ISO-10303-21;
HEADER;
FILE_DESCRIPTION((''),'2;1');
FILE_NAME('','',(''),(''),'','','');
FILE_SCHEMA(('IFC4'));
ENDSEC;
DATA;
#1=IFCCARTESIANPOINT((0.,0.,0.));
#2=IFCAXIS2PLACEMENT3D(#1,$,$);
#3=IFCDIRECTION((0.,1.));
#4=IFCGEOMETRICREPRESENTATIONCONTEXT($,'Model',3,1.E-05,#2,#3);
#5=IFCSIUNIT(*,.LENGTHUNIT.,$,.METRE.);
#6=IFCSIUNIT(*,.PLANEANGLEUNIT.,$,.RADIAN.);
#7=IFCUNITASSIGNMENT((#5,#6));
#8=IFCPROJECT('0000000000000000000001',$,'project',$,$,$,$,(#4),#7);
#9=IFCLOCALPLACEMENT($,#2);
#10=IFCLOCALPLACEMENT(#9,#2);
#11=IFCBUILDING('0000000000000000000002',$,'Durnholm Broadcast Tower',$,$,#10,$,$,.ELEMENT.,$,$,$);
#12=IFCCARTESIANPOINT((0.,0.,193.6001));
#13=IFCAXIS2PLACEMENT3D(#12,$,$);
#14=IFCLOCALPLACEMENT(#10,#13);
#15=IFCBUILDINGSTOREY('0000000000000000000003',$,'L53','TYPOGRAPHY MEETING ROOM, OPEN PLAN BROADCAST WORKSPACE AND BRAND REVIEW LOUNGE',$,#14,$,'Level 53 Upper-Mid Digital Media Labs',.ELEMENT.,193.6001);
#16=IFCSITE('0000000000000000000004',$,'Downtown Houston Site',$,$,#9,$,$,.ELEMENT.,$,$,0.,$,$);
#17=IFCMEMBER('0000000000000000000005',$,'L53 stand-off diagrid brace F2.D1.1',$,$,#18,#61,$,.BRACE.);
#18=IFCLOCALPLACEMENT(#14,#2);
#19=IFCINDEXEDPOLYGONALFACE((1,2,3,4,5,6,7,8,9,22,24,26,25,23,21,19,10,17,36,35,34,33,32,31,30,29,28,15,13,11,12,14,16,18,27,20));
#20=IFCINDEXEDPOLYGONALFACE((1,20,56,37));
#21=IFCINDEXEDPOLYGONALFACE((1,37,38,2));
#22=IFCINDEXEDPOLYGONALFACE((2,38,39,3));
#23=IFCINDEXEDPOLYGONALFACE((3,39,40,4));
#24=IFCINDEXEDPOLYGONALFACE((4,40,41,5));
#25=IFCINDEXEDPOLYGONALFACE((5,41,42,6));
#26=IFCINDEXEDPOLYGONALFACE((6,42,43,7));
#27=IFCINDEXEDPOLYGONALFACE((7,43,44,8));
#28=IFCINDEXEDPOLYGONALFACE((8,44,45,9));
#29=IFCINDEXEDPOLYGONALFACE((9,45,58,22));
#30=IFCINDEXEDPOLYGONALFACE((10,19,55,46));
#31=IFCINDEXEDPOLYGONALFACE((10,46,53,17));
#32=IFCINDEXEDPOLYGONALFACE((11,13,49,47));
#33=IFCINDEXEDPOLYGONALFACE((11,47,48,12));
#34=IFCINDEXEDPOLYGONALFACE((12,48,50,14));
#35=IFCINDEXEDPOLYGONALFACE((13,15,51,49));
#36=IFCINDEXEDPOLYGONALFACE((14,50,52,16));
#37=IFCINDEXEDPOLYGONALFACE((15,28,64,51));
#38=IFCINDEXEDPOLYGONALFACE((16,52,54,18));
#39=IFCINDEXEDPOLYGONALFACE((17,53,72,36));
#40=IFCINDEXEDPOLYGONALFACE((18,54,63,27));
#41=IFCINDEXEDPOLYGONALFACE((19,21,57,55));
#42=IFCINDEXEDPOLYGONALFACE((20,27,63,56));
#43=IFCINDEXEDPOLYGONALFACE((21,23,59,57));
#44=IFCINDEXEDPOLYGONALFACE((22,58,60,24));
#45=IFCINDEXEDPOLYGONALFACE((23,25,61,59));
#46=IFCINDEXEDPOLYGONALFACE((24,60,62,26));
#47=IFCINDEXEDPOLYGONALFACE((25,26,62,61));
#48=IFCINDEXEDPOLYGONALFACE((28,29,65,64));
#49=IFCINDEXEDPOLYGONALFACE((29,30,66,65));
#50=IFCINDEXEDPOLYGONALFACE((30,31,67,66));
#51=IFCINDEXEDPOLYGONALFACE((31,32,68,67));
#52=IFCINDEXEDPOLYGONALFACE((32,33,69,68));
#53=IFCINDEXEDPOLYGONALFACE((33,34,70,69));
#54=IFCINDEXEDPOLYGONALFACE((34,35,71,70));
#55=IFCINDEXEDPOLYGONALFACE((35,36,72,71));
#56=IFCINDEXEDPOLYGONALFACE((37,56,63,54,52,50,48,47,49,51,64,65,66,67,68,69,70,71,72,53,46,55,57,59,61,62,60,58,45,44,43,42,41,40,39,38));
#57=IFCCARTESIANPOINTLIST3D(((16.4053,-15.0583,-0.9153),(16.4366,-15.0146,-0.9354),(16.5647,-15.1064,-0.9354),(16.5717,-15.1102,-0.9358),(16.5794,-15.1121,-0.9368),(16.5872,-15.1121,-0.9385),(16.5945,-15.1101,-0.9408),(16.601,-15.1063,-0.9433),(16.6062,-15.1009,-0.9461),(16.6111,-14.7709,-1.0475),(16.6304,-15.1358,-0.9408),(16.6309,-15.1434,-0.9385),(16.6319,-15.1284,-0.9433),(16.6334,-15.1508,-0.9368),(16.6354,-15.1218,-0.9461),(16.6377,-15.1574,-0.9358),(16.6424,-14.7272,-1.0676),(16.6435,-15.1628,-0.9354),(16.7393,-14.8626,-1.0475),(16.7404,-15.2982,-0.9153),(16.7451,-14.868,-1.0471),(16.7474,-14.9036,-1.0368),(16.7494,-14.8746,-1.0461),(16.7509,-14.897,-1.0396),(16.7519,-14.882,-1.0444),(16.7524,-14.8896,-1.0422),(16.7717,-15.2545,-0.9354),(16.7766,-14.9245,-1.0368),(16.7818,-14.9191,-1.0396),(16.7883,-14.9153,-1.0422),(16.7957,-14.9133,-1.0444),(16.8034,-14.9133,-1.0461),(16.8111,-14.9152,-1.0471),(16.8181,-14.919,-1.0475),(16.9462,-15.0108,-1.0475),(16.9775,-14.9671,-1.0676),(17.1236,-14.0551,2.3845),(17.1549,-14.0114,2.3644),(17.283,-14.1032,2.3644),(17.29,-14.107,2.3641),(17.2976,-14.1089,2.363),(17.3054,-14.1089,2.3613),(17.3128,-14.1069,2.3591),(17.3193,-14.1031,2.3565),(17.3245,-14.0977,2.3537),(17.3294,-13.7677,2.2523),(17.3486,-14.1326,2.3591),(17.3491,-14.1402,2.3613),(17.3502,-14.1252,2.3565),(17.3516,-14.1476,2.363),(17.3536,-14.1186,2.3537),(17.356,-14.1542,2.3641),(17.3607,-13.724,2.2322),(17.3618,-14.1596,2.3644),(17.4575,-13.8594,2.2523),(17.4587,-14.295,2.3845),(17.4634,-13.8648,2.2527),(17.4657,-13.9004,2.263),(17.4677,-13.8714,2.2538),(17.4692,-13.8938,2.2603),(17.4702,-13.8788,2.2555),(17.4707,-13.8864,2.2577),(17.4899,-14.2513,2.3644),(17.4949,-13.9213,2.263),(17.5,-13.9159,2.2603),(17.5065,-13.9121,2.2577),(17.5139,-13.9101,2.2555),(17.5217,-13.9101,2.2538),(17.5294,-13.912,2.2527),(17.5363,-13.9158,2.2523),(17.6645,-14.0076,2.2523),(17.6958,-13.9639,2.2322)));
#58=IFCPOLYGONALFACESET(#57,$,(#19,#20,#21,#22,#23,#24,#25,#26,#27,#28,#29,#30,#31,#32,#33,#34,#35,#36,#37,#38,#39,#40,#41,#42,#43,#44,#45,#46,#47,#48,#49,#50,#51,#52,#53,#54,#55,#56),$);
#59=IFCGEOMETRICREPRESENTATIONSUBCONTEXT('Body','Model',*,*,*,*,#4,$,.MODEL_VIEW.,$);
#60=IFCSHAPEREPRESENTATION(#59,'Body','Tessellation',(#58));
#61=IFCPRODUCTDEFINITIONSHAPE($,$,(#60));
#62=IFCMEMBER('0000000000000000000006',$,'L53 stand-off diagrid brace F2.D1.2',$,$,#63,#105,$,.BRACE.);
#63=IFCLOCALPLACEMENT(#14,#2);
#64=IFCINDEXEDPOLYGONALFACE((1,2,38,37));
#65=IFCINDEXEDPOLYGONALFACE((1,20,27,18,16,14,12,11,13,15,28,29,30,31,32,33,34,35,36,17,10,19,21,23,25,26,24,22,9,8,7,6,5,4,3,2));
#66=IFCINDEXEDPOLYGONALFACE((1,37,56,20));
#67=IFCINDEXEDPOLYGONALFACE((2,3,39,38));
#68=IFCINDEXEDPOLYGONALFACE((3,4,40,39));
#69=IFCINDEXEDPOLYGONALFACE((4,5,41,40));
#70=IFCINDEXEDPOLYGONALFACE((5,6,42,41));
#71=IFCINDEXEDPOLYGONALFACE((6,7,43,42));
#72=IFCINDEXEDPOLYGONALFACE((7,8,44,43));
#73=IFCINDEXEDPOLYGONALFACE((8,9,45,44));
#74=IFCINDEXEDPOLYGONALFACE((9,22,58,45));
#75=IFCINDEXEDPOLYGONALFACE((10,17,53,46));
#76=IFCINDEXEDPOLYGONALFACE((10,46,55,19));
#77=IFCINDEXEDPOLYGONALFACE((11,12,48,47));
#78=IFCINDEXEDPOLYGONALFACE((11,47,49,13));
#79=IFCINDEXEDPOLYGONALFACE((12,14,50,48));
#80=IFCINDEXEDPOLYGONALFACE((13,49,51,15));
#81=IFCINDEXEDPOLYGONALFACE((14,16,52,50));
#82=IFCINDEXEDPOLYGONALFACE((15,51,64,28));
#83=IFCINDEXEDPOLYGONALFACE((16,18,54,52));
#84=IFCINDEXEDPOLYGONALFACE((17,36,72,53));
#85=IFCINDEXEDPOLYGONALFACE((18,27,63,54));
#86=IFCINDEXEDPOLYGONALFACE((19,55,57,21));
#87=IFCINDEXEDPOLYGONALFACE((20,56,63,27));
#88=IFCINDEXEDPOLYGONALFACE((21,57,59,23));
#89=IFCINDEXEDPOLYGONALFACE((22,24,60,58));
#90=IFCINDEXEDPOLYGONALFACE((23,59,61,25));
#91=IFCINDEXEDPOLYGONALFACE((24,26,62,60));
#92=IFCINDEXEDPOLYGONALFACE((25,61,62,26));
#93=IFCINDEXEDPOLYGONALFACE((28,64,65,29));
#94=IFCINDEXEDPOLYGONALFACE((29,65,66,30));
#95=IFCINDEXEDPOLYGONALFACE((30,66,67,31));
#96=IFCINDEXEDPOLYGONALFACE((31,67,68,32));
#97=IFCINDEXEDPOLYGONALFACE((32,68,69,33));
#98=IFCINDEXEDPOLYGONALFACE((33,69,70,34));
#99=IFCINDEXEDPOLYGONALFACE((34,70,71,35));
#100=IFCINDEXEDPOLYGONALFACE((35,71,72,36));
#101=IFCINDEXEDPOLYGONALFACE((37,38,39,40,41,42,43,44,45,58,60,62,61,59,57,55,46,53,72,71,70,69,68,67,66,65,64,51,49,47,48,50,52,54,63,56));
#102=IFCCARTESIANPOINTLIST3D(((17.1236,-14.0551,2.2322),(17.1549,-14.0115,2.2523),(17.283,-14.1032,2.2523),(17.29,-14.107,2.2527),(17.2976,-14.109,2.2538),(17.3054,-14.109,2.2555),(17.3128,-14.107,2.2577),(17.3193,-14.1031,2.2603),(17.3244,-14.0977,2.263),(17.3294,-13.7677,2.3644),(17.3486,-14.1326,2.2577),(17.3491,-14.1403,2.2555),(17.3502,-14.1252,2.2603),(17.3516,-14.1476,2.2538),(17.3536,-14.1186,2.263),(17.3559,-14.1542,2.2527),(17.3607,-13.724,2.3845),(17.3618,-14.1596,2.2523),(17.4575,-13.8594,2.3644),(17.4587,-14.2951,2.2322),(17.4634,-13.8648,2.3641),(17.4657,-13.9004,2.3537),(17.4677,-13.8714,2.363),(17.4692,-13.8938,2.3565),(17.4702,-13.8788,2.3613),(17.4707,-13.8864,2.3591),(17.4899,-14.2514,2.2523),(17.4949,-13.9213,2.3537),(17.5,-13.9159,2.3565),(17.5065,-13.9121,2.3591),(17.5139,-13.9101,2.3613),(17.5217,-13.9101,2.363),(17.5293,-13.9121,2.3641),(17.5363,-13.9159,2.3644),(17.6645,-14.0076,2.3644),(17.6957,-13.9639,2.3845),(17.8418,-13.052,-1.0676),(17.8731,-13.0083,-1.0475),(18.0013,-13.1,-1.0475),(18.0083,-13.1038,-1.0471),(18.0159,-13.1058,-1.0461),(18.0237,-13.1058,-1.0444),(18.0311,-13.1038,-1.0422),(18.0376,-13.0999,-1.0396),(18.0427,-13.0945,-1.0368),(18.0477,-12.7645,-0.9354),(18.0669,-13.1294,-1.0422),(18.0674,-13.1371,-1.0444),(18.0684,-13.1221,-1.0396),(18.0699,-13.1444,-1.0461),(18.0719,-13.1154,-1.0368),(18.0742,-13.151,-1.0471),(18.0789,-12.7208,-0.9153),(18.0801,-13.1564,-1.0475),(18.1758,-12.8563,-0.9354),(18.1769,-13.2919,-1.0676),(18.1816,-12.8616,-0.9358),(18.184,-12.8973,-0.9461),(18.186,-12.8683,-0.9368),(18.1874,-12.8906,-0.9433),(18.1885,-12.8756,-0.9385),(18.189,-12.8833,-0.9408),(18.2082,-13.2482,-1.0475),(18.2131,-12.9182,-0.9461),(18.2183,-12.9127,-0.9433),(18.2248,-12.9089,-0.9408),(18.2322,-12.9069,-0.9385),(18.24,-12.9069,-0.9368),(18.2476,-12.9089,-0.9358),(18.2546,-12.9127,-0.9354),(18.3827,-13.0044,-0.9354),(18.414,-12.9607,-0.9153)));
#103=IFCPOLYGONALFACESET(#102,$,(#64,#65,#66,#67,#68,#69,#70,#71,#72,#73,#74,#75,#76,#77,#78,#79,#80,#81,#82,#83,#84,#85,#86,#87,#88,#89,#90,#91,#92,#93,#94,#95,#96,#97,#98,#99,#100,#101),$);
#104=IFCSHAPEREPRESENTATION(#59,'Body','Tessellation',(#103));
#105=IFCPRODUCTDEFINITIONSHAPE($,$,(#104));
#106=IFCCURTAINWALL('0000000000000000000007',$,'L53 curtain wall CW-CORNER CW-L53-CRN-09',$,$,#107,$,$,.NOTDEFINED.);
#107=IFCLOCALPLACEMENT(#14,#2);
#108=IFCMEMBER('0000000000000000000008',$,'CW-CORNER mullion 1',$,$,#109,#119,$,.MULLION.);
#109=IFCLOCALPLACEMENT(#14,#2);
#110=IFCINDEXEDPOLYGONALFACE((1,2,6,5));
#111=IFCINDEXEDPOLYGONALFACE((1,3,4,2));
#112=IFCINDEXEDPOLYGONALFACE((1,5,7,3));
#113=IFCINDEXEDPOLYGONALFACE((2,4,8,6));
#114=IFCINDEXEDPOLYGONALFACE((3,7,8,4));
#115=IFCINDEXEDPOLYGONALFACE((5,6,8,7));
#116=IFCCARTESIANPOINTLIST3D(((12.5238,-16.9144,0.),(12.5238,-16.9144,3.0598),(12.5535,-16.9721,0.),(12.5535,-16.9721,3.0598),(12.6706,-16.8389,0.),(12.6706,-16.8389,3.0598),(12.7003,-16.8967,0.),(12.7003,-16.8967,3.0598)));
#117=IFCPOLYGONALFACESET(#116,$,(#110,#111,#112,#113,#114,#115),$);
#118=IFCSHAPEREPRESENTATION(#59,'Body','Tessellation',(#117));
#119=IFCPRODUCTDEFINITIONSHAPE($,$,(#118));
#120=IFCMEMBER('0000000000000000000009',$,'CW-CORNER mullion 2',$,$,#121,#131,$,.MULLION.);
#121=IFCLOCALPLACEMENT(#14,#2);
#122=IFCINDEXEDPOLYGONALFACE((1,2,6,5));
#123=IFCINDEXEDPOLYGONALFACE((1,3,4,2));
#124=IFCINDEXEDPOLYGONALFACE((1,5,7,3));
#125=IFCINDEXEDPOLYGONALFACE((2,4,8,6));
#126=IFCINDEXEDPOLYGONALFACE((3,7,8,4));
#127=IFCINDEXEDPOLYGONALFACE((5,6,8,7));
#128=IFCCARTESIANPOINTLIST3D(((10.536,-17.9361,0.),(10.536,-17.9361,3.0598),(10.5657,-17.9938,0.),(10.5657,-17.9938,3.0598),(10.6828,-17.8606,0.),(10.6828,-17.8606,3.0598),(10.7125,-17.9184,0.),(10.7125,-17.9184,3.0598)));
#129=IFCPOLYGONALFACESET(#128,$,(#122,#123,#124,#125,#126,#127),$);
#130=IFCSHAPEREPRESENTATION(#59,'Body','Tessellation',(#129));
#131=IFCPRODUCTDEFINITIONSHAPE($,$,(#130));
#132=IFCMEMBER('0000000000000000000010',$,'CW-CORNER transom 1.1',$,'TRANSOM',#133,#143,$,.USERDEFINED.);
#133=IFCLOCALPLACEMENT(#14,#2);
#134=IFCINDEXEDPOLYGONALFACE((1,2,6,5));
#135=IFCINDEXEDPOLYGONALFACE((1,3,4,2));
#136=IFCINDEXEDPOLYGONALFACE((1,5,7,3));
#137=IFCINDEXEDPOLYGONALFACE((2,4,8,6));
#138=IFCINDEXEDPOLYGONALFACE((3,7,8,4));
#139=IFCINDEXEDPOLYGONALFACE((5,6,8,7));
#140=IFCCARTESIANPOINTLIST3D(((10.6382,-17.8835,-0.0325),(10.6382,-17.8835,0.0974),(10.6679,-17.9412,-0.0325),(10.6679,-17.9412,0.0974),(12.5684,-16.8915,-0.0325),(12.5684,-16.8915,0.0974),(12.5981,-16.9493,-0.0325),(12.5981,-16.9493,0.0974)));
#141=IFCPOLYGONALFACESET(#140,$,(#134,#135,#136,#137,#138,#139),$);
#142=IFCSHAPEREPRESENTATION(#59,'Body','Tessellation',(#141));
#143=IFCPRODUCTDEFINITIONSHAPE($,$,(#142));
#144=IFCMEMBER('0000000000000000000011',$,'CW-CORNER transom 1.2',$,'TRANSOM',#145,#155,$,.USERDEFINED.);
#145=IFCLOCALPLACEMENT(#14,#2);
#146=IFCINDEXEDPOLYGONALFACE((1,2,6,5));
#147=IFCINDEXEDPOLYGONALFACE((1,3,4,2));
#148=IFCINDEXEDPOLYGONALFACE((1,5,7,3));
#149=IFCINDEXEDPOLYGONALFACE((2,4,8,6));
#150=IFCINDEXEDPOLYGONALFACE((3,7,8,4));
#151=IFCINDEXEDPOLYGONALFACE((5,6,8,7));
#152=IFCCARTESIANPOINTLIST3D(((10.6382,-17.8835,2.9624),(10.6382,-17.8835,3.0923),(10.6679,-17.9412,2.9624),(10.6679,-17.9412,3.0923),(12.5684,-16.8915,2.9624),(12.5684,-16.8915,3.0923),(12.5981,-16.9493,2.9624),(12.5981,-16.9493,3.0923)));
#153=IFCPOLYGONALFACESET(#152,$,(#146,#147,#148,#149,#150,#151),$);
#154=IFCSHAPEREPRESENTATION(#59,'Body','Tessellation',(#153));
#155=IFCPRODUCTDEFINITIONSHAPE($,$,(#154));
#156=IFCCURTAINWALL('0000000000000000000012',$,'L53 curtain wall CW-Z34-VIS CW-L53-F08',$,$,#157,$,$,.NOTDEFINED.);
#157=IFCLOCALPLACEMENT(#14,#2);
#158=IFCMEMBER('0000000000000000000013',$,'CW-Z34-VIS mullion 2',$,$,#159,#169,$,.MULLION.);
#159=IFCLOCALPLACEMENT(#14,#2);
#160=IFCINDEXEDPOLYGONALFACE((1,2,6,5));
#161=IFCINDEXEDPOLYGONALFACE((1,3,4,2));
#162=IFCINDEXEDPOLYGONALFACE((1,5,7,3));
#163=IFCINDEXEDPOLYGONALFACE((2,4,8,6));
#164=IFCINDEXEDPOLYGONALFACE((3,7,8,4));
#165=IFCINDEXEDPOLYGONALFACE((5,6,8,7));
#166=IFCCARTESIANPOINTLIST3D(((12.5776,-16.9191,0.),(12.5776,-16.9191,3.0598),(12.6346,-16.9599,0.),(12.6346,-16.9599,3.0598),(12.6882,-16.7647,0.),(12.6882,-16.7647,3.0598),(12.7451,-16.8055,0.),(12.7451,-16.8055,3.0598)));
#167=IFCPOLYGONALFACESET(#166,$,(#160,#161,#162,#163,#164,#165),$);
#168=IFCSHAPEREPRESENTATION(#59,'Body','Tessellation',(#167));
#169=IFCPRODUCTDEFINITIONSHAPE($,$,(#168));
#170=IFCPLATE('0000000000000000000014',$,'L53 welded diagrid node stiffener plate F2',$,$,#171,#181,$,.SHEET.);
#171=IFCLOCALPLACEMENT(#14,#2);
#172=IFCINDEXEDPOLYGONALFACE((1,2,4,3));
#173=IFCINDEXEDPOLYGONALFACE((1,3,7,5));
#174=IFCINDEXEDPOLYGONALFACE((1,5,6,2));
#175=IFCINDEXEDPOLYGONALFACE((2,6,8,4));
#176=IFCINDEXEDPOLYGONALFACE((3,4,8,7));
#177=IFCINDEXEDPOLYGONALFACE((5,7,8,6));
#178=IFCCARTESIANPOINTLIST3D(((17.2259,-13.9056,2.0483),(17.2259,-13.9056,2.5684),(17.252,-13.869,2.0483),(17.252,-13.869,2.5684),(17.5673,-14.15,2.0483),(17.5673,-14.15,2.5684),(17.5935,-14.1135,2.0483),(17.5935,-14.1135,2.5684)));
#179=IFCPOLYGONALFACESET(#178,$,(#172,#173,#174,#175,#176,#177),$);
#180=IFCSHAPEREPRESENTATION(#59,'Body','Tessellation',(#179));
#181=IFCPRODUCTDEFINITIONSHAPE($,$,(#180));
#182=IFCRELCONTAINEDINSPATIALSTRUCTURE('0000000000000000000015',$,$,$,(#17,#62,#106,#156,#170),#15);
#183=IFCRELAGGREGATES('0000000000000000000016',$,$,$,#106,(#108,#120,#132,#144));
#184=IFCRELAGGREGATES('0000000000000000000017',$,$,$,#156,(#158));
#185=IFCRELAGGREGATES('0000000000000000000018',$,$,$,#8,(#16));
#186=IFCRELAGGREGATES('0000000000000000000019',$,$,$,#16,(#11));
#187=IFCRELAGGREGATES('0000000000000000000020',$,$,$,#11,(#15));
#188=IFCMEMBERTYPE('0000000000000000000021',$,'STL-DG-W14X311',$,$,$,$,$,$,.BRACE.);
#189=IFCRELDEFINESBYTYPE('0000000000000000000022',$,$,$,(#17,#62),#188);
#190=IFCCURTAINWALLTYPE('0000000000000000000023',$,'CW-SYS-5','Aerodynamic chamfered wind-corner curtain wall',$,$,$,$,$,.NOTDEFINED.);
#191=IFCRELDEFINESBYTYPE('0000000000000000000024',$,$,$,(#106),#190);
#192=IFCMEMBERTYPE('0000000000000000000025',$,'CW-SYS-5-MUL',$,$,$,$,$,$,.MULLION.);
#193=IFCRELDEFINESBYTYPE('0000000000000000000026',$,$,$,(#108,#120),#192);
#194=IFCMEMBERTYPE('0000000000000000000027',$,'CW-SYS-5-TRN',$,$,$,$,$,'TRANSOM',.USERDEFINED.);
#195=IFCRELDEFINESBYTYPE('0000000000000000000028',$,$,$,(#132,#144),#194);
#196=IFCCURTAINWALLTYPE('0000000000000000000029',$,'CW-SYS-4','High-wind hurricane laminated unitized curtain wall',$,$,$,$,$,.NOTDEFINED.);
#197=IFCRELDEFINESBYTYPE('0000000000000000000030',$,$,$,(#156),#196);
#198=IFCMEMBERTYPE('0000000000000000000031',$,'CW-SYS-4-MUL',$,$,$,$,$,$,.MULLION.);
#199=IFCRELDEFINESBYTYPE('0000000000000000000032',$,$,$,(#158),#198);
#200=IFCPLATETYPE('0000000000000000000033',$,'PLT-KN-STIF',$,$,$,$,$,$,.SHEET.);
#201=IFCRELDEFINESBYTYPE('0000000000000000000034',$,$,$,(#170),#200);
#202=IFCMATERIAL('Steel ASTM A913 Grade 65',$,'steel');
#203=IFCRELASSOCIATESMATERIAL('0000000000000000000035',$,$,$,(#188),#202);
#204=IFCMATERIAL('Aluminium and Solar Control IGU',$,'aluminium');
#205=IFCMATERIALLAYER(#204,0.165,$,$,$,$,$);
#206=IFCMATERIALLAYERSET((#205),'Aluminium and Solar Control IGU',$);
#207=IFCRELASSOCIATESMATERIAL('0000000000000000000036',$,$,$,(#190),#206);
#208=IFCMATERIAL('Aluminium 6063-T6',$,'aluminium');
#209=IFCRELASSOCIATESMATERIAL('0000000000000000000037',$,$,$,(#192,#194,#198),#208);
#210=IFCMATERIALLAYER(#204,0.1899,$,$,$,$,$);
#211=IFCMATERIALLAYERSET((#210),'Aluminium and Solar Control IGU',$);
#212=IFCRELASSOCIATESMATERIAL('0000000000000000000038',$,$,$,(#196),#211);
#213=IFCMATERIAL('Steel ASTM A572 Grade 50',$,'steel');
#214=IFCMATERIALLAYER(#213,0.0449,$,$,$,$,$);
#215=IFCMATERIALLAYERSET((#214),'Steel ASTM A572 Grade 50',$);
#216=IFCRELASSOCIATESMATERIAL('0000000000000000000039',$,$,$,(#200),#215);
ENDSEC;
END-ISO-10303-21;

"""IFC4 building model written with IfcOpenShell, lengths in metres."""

from ifc_helpers import new_model, si_unit, direction, frame, origin, origin_2d, place, context, subcontext, project, spatial, rectangle, i_section, extrude, source, transform, mapped, material, layer, layer_set, material_profile, profile_set, type_object, type_shapes, element, aggregate, save


model = new_model("IFC4")

# Units and contexts
model_context = context("Model", 3, precision=1e-05, world=origin(), true_north=direction((0.0, 1.0)))
body_context = subcontext(model_context, "Body", "Model", "MODEL_VIEW")
ifc_project = project(units=[si_unit("LENGTHUNIT", "METRE"), si_unit("PLANEANGLEUNIT", "RADIAN")], contexts=[model_context])

# Site, building, storey
site_placement = place(None, origin())
site = spatial("IfcSite", under=ifc_project, at=site_placement, Name="Downtown Houston Site", CompositionType="ELEMENT", RefElevation=0.0)
building_placement = place(site_placement, origin())
building = spatial("IfcBuilding", under=site, at=building_placement, Name="Durnholm Broadcast Tower", CompositionType="ELEMENT")
storey_placement = place(building_placement, frame((0.0, 0.0, 193.6001)))
storey = spatial("IfcBuildingStorey", under=building, at=storey_placement, Name="L53", Description="TYPOGRAPHY MEETING ROOM, OPEN PLAN BROADCAST WORKSPACE AND BRAND REVIEW LOUNGE", LongName="Level 53 Upper-Mid Digital Media Labs", CompositionType="ELEMENT", Elevation=193.6001)

# Members
ifc_material_1 = material(Name="Steel ASTM A913 Grade 65", Category="steel")
ifc_material_profile_1 = material_profile(ifc_material_1, i_section(OverallWidth=0.4121, OverallDepth=0.4348, WebThickness=0.0359, FlangeThickness=0.0574, FilletRadius=0.0305, at=origin_2d()), Name="W14X311")
ifc_profile_set_1 = profile_set([ifc_material_profile_1], Name="Steel ASTM A913 Grade 65")
member_type_1 = type_object("IfcMemberType", Name="STL-DG-W14X311", PredefinedType="BRACE", material=ifc_profile_set_1)
shared_shape_1 = source(origin(), body_context, "Body", "SweptSolid", [
    extrude(i_section(OverallWidth=0.4121, OverallDepth=0.4348, WebThickness=0.0359, FlangeThickness=0.0574, FilletRadius=0.0305, at=origin_2d()), origin(), (0.0, 0.0, 1.0), 3.5229),
])
type_shapes(member_type_1, [shared_shape_1])
for number, where, z_axis, x_axis, name in (
    (1, (16.6914, -15.0127, -0.9915), (0.203882, 0.284756, 0.936667), (-0.813078, 0.582155, 0.0), "L53 stand-off diagrid brace F2.D1.1"),
    (2, (18.1279, -13.0063, -0.9915), (-0.203882, -0.284756, 0.936667), (0.813078, -0.582155, 0.0), "L53 stand-off diagrid brace F2.D1.2"),
):
    element("IfcMember", number, at=place(storey_placement, frame(where, z_axis=z_axis, x_axis=x_axis)), inside=storey, type_object=member_type_1, Name=name, PredefinedType="BRACE", context=body_context, shape_type="MappedRepresentation", body=[
        mapped(shared_shape_1, transform((0.0, 0.0, 0.0), x_axis=(1.0, 0.0, 0.0), y_axis=(0.0, 1.0, 0.0), z_axis=(0.0, 0.0, 1.0), scale=1.0)),
    ])

# Curtain wall, members
ifc_material_2 = material(Name="Aluminium and Solar Control IGU", Category="aluminium")
ifc_layer_1 = layer(ifc_material_2, 0.165)
ifc_layer_set_1 = layer_set([ifc_layer_1], Name="Aluminium and Solar Control IGU")
curtain_wall_type_1 = type_object("IfcCurtainWallType", Name="CW-SYS-5", Description="Aerodynamic chamfered wind-corner curtain wall", PredefinedType="NOTDEFINED", material=ifc_layer_set_1)
curtain_wall_1_placement = place(storey_placement, origin())
curtain_wall_1 = element("IfcCurtainWall", 3, at=curtain_wall_1_placement, inside=storey, type_object=curtain_wall_type_1, Name="L53 curtain wall CW-CORNER CW-L53-CRN-09", PredefinedType="NOTDEFINED")
ifc_material_3 = material(Name="Aluminium 6063-T6", Category="aluminium")
ifc_material_profile_2 = material_profile(ifc_material_3, rectangle(XDim=0.0649, YDim=0.165, at=origin_2d()), Name="CWM65X165")
ifc_profile_set_2 = profile_set([ifc_material_profile_2], Name="Aluminium 6063-T6")
member_type_2 = type_object("IfcMemberType", Name="CW-SYS-5-MUL", PredefinedType="MULLION", material=ifc_profile_set_2)
shared_shape_2 = source(origin(), body_context, "Body", "SweptSolid", [
    extrude(rectangle(XDim=0.0649, YDim=0.165, at=origin_2d()), origin(), (0.0, 0.0, 1.0), 3.0598),
])
type_shapes(member_type_2, [shared_shape_2])
member_1_placement = place(storey_placement, frame((12.6121, -16.9055, 0.0), z_axis=(0.0, 0.0, 1.0), x_axis=(0.457082, -0.889425, 0.0)))
member_1 = element("IfcMember", 4, at=member_1_placement, type_object=member_type_2, Name="CW-CORNER mullion 1", PredefinedType="MULLION", context=body_context, shape_type="MappedRepresentation", body=[
    mapped(shared_shape_2, transform((0.0, 0.0, 0.0), x_axis=(1.0, 0.0, 0.0), y_axis=(0.0, 1.0, 0.0), z_axis=(0.0, 0.0, 1.0), scale=1.0)),
])
member_2_placement = place(storey_placement, frame((10.6243, -17.9272, 0.0), z_axis=(0.0, 0.0, 1.0), x_axis=(0.457082, -0.889425, 0.0)))
member_2 = element("IfcMember", 5, at=member_2_placement, type_object=member_type_2, Name="CW-CORNER mullion 2", PredefinedType="MULLION", context=body_context, shape_type="MappedRepresentation", body=[
    mapped(shared_shape_2, transform((0.0, 0.0, 0.0), x_axis=(1.0, 0.0, 0.0), y_axis=(0.0, 1.0, 0.0), z_axis=(0.0, 0.0, 1.0), scale=1.0)),
])
ifc_material_profile_3 = material_profile(ifc_material_3, rectangle(XDim=0.0649, YDim=0.1299, at=origin_2d()), Name="CWT65X130")
ifc_profile_set_3 = profile_set([ifc_material_profile_3], Name="Aluminium 6063-T6")
member_type_3 = type_object("IfcMemberType", Name="CW-SYS-5-TRN", ElementType="TRANSOM", PredefinedType="USERDEFINED", material=ifc_profile_set_3)
shared_shape_3 = source(origin(), body_context, "Body", "SweptSolid", [
    extrude(rectangle(XDim=0.0649, YDim=0.1299, at=origin_2d()), origin(), (0.0, 0.0, 1.0), 2.1702),
])
type_shapes(member_type_3, [shared_shape_3])
member_3_placement = place(storey_placement, frame((12.5833, -16.9204, 0.0325), z_axis=(-0.889422, -0.457086, 0.0), x_axis=(0.457086, -0.889422, 0.0)))
member_3 = element("IfcMember", 6, at=member_3_placement, type_object=member_type_3, Name="CW-CORNER transom 1.1", ObjectType="TRANSOM", PredefinedType="USERDEFINED", context=body_context, shape_type="MappedRepresentation", body=[
    mapped(shared_shape_3, transform((0.0, 0.0, 0.0), x_axis=(1.0, 0.0, 0.0), y_axis=(0.0, 1.0, 0.0), z_axis=(0.0, 0.0, 1.0), scale=1.0)),
])
member_4_placement = place(storey_placement, frame((12.5833, -16.9204, 3.0273), z_axis=(-0.889422, -0.457086, 0.0), x_axis=(0.457086, -0.889422, 0.0)))
member_4 = element("IfcMember", 7, at=member_4_placement, type_object=member_type_3, Name="CW-CORNER transom 1.2", ObjectType="TRANSOM", PredefinedType="USERDEFINED", context=body_context, shape_type="MappedRepresentation", body=[
    mapped(shared_shape_3, transform((0.0, 0.0, 0.0), x_axis=(1.0, 0.0, 0.0), y_axis=(0.0, 1.0, 0.0), z_axis=(0.0, 0.0, 1.0), scale=1.0)),
])

# Curtain wall, member
ifc_layer_2 = layer(ifc_material_2, 0.1899)
ifc_layer_set_2 = layer_set([ifc_layer_2], Name="Aluminium and Solar Control IGU")
curtain_wall_type_2 = type_object("IfcCurtainWallType", Name="CW-SYS-4", Description="High-wind hurricane laminated unitized curtain wall", PredefinedType="NOTDEFINED", material=ifc_layer_set_2)
curtain_wall_2_placement = place(storey_placement, origin())
curtain_wall_2 = element("IfcCurtainWall", 8, at=curtain_wall_2_placement, inside=storey, type_object=curtain_wall_type_2, Name="L53 curtain wall CW-Z34-VIS CW-L53-F08", PredefinedType="NOTDEFINED")
ifc_material_profile_4 = material_profile(ifc_material_3, rectangle(XDim=0.0701, YDim=0.1899, at=origin_2d()), Name="CWM70X190")
ifc_profile_set_4 = profile_set([ifc_material_profile_4], Name="Aluminium 6063-T6")
member_type_4 = type_object("IfcMemberType", Name="CW-SYS-4-MUL", PredefinedType="MULLION", material=ifc_profile_set_4)
shared_shape_4 = source(origin(), body_context, "Body", "SweptSolid", [
    extrude(rectangle(XDim=0.0701, YDim=0.1899, at=origin_2d()), origin(), (0.0, 0.0, 1.0), 3.0598),
])
type_shapes(member_type_4, [shared_shape_4])
member_5_placement = place(storey_placement, frame((12.6614, -16.8623, 0.0), z_axis=(0.0, 0.0, 1.0), x_axis=(0.813089, -0.582139, 0.0)))
member_5 = element("IfcMember", 9, at=member_5_placement, type_object=member_type_4, Name="CW-Z34-VIS mullion 2", PredefinedType="MULLION", context=body_context, shape_type="MappedRepresentation", body=[
    mapped(shared_shape_4, transform((0.0, 0.0, 0.0), x_axis=(1.0, 0.0, 0.0), y_axis=(0.0, 1.0, 0.0), z_axis=(0.0, 0.0, 1.0), scale=1.0)),
])

# Plate
ifc_material_4 = material(Name="Steel ASTM A572 Grade 50", Category="steel")
ifc_layer_3 = layer(ifc_material_4, 0.0449)
ifc_layer_set_3 = layer_set([ifc_layer_3], Name="Steel ASTM A572 Grade 50")
plate_type_1 = type_object("IfcPlateType", Name="PLT-KN-STIF", PredefinedType="SHEET", material=ifc_layer_set_3)
shared_shape_5 = source(origin(), body_context, "Body", "SweptSolid", [
    extrude(rectangle(XDim=0.0449, YDim=0.4199, at=origin_2d()), origin(), (0.0, 0.0, 1.0), 0.52),
])
type_shapes(plate_type_1, [shared_shape_5])
plate_1_placement = place(storey_placement, frame((17.4097, -14.0095, 2.0483), z_axis=(0.0, 0.0, 1.0), x_axis=(0.582123, 0.813101, 0.0)))
element("IfcPlate", 10, at=plate_1_placement, inside=storey, type_object=plate_type_1, Name="L53 welded diagrid node stiffener plate F2", PredefinedType="SHEET", context=body_context, shape_type="MappedRepresentation", body=[
    mapped(shared_shape_5, transform((0.0, 0.0, 0.0), x_axis=(1.0, 0.0, 0.0), y_axis=(0.0, 1.0, 0.0), z_axis=(0.0, 0.0, 1.0), scale=1.0)),
])

aggregate(curtain_wall_1, [member_1, member_2, member_3, member_4])
aggregate(curtain_wall_2, [member_5])

save(model, "model.ifc")
